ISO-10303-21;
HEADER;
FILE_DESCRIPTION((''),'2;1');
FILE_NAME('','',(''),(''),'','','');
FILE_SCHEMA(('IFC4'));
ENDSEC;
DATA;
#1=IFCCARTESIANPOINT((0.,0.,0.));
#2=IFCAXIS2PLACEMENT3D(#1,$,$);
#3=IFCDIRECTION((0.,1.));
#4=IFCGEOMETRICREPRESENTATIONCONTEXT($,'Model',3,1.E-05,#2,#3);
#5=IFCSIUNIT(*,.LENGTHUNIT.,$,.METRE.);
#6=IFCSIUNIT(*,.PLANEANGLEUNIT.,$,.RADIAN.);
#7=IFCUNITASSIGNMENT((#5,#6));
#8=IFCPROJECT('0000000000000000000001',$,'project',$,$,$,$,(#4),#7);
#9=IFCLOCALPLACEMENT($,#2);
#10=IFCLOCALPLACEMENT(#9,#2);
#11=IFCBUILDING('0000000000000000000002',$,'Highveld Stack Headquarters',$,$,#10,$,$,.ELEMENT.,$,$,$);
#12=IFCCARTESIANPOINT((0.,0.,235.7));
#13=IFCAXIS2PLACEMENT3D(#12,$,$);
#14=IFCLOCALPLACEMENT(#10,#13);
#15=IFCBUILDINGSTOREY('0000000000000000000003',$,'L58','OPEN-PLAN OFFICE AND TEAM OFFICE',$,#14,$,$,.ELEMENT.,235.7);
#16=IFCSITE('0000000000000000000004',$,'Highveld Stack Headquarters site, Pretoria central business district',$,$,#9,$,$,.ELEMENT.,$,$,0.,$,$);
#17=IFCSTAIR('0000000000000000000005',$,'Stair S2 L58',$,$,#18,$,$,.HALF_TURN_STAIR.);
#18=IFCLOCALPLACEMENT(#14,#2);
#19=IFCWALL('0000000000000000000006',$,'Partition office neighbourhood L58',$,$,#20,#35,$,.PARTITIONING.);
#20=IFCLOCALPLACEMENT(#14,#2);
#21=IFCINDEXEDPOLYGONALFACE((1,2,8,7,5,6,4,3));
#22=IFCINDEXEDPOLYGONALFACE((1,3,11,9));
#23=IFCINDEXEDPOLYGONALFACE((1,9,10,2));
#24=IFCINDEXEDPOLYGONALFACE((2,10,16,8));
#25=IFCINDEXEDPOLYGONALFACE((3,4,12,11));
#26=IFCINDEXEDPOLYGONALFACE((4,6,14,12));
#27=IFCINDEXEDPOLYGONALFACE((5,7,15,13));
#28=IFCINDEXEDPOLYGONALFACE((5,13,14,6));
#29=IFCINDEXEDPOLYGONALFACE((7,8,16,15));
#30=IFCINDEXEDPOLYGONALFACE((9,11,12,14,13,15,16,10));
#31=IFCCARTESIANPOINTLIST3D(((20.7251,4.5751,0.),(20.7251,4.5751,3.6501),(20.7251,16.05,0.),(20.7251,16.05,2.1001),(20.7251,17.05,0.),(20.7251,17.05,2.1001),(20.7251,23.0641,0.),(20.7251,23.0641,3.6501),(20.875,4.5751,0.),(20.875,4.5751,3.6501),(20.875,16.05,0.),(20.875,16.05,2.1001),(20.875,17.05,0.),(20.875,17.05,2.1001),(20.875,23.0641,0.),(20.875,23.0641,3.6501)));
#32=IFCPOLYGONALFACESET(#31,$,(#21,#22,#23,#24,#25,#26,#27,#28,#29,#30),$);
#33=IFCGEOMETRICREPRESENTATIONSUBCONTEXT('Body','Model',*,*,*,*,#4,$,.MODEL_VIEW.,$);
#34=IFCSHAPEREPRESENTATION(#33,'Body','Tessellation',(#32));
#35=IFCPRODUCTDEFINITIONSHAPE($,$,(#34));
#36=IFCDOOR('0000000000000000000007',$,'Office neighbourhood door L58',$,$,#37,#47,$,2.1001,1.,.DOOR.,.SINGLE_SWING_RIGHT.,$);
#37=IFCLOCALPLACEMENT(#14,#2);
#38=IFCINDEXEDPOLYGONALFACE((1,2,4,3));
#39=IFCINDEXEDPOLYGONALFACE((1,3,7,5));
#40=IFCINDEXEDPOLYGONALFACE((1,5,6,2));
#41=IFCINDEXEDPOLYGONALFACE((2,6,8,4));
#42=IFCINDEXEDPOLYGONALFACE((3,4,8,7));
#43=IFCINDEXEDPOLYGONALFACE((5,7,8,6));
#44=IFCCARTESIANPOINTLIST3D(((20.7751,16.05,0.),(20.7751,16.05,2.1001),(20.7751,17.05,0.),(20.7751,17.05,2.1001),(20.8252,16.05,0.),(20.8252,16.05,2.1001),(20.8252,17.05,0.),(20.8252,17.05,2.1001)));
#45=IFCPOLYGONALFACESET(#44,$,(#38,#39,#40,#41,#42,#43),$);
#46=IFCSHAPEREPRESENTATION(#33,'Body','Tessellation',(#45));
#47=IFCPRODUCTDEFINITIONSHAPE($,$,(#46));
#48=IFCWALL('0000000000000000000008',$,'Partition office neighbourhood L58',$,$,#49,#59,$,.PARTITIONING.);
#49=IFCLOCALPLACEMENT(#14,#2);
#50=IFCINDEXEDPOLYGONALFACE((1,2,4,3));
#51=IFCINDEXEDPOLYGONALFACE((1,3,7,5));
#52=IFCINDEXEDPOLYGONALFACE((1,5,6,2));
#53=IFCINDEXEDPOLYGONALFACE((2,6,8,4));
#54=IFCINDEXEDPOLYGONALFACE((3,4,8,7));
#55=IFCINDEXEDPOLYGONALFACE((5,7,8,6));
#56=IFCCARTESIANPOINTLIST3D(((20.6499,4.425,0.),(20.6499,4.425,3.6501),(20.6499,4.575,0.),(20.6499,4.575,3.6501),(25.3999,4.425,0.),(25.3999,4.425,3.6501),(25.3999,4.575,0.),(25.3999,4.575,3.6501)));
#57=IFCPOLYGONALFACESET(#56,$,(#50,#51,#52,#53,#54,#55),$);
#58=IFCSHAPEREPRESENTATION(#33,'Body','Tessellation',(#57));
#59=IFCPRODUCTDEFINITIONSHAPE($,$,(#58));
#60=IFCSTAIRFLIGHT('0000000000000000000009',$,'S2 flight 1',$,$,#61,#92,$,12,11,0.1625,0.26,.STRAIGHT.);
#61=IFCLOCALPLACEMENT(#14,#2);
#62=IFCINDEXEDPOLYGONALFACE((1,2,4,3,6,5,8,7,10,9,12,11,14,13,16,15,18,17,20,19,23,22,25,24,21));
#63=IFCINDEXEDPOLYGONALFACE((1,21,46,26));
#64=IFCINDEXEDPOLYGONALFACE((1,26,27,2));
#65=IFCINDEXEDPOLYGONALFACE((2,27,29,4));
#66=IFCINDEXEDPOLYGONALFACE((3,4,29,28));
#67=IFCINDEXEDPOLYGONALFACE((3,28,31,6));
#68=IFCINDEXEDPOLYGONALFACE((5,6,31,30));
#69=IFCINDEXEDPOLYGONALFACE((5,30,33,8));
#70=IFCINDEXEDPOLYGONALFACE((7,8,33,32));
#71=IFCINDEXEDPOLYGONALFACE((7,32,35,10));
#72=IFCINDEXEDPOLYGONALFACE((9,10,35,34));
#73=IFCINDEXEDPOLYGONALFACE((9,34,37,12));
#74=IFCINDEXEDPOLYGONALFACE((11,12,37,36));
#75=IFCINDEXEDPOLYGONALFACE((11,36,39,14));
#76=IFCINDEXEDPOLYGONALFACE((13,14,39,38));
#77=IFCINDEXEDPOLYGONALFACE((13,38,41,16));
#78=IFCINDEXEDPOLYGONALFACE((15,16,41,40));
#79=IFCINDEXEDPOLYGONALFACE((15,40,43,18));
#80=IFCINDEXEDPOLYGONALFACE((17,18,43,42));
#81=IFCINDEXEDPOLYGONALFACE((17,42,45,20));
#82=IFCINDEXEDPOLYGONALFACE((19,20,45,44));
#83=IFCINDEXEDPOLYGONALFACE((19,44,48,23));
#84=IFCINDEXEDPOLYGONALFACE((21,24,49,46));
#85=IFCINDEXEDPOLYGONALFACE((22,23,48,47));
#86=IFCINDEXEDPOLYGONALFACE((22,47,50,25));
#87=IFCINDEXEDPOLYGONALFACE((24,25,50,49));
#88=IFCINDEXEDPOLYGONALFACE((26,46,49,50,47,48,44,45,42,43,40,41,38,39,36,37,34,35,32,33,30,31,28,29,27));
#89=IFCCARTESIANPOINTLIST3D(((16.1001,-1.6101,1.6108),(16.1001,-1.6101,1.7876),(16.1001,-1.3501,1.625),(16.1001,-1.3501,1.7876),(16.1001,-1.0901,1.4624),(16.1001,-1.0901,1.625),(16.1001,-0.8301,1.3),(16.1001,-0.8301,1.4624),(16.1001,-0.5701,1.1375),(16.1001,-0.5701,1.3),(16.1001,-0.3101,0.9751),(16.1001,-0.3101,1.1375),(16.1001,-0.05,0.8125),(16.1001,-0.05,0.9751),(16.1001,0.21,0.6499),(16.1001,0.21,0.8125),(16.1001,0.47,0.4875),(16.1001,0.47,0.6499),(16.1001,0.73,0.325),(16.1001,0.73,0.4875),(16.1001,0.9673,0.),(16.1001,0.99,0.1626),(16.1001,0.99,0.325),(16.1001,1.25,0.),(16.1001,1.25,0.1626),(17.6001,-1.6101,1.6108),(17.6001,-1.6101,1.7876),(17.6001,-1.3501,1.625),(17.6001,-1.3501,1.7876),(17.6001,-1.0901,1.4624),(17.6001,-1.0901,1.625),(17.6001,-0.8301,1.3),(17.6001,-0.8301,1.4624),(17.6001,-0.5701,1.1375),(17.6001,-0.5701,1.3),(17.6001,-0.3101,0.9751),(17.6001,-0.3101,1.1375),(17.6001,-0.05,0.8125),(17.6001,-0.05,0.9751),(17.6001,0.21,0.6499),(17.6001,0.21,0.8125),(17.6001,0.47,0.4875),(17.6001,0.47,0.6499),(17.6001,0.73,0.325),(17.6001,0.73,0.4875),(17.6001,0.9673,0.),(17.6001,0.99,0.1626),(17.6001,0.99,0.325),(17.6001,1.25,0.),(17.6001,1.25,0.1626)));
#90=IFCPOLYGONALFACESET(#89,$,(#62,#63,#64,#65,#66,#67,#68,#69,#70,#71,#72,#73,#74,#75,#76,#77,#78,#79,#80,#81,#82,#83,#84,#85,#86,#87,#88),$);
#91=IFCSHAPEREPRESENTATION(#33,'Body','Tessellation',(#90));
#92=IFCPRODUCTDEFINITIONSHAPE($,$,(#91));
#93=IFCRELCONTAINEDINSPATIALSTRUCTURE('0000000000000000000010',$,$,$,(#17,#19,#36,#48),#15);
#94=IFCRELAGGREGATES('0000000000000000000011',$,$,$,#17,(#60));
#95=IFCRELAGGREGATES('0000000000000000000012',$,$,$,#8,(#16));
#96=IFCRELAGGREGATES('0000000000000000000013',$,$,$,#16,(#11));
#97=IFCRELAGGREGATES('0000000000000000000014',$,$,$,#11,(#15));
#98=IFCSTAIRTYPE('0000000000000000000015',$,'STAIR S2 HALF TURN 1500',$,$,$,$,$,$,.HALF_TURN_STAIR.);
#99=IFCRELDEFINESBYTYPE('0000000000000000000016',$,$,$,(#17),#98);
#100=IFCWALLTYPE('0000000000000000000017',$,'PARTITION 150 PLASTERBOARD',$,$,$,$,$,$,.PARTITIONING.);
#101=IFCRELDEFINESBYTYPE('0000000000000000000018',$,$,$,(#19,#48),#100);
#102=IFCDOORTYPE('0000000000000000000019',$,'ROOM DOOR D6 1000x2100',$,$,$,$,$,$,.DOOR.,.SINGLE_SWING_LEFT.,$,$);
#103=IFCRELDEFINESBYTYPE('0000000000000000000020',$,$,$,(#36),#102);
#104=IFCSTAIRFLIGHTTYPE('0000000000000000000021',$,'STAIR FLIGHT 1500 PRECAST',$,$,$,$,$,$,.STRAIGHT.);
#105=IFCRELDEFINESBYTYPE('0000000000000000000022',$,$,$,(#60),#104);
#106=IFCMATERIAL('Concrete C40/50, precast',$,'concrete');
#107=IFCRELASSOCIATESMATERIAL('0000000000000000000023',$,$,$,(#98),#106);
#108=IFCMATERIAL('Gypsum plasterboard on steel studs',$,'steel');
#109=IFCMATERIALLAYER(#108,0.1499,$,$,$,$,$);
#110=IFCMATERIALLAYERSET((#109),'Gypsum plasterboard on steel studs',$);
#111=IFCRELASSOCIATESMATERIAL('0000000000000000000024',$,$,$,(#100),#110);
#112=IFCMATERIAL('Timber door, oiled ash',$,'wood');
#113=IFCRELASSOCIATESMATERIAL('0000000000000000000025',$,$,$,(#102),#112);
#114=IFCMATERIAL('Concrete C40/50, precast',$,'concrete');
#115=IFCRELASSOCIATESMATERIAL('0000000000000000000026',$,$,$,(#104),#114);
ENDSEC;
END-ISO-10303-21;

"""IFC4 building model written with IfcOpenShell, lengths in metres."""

from ifc_helpers import new_model, si_unit, direction, frame, frame_2d, origin, place, context, subcontext, project, spatial, polyline, rectangle, outline, extrude, material, layer, layer_set, type_object, element, fill, aggregate, save


model = new_model("IFC4")

# Units and contexts
model_context = context("Model", 3, precision=1e-05, world=origin(), true_north=direction((0.0, 1.0)))
body_context = subcontext(model_context, "Body", "Model", "MODEL_VIEW")
ifc_project = project(units=[si_unit("LENGTHUNIT", "METRE"), si_unit("PLANEANGLEUNIT", "RADIAN")], contexts=[model_context])

# Site, building, storey
site_placement = place(None, origin())
site = spatial("IfcSite", under=ifc_project, at=site_placement, Name="Highveld Stack Headquarters site, Pretoria central business district", CompositionType="ELEMENT", RefElevation=0.0)
building_placement = place(site_placement, origin())
building = spatial("IfcBuilding", under=site, at=building_placement, Name="Highveld Stack Headquarters", CompositionType="ELEMENT")
storey_placement = place(building_placement, frame((0.0, 0.0, 235.7)))
storey = spatial("IfcBuildingStorey", under=building, at=storey_placement, Name="L58", Description="OPEN-PLAN OFFICE AND TEAM OFFICE", CompositionType="ELEMENT", Elevation=235.7)

# Stair
ifc_material_1 = material(Name="Concrete C40/50, precast", Category="concrete")
stair_type = type_object("IfcStairType", Name="STAIR S2 HALF TURN 1500", PredefinedType="HALF_TURN_STAIR", material=ifc_material_1)
stair_placement = place(storey_placement, origin())
stair = element("IfcStair", 1, at=stair_placement, inside=storey, type_object=stair_type, Name="Stair S2 L58", PredefinedType="HALF_TURN_STAIR")

# Shared definitions
ifc_material_2 = material(Name="Gypsum plasterboard on steel studs", Category="steel")
ifc_layer_1 = layer(ifc_material_2, 0.1499)
ifc_layer_set_1 = layer_set([ifc_layer_1], Name="Gypsum plasterboard on steel studs")
wall_type_1 = type_object("IfcWallType", Name="PARTITION 150 PLASTERBOARD", PredefinedType="PARTITIONING", material=ifc_layer_set_1)

# Wall, opening, door
wall_1_placement = place(storey_placement, frame((20.8, 4.575, 0.0), z_axis=(0.0, 0.0, 1.0), x_axis=(0.0, 1.0, 0.0)))
wall_1 = element("IfcWall", 2, at=wall_1_placement, inside=storey, type_object=wall_type_1, Name="Partition office neighbourhood L58", PredefinedType="PARTITIONING", context=body_context, shape_type="SweptSolid", body=[
    extrude(rectangle(XDim=18.489, YDim=0.1499, at=frame_2d((9.2446, 0.0))), origin(), (0.0, 0.0, 1.0), 3.6501),
])
opening_1_placement = place(wall_1_placement, frame((11.4751, 0.0, 0.0)))
opening_1 = element("IfcOpeningElement", 3, at=opening_1_placement, cuts=wall_1, PredefinedType="OPENING", context=body_context, shape_type="SweptSolid", body=[
    extrude(rectangle(XDim=1.0, YDim=2.1001, at=frame_2d((0.5, 1.05))), frame((0.0, 0.085, 0.0), z_axis=(0.0, -1.0, 0.0), x_axis=(1.0, 0.0, 0.0)), (0.0, 0.0, 1.0), 0.1699),
])
ifc_material_3 = material(Name="Timber door, oiled ash", Category="wood")
door_type_1 = type_object("IfcDoorType", Name="ROOM DOOR D6 1000x2100", OperationType="SINGLE_SWING_LEFT", PredefinedType="DOOR", material=ifc_material_3)
door_1_placement = place(opening_1_placement, origin())
door_1 = element("IfcDoor", 4, at=door_1_placement, inside=storey, type_object=door_type_1, Name="Office neighbourhood door L58", OperationType="SINGLE_SWING_RIGHT", OverallHeight=2.1001, OverallWidth=1.0, PredefinedType="DOOR", context=body_context, shape_type="SweptSolid", body=[
    extrude(rectangle(XDim=1.0, YDim=2.1001, at=frame_2d((0.5, 1.05))), frame((0.0, 0.0249, 0.0), z_axis=(0.0, -1.0, 0.0), x_axis=(1.0, 0.0, 0.0)), (0.0, 0.0, 1.0), 0.05),
])
fill(opening_1, door_1)

# Wall
wall_2_placement = place(storey_placement, frame((20.6499, 4.5, 0.0), z_axis=(0.0, 0.0, 1.0), x_axis=(1.0, 0.0, 0.0)))
element("IfcWall", 5, at=wall_2_placement, inside=storey, type_object=wall_type_1, Name="Partition office neighbourhood L58", PredefinedType="PARTITIONING", context=body_context, shape_type="SweptSolid", body=[
    extrude(rectangle(XDim=4.75, YDim=0.1499, at=frame_2d((2.375, 0.0))), origin(), (0.0, 0.0, 1.0), 3.6501),
])

# Stair flight
ifc_material_4 = material(Name="Concrete C40/50, precast", Category="concrete")
stair_flight_type = type_object("IfcStairFlightType", Name="STAIR FLIGHT 1500 PRECAST", PredefinedType="STRAIGHT", material=ifc_material_4)
stair_flight_placement = place(storey_placement, frame((16.8501, 1.25, 0.0), z_axis=(0.0, 0.0, 1.0), x_axis=(0.0, -1.0, 0.0)))
stair_flight = element("IfcStairFlight", 6, at=stair_flight_placement, type_object=stair_flight_type, Name="S2 flight 1", NumberOfRisers=12, NumberOfTreads=11, PredefinedType="STRAIGHT", RiserHeight=0.1625, TreadLength=0.26, context=body_context, shape_type="SweptSolid", body=[
    extrude(outline(polyline([(0.0, 0.0), (0.0, 0.1626), (0.26, 0.1626), (0.26, 0.325), (0.52, 0.325), (0.52, 0.4875), (0.78, 0.4875), (0.78, 0.6499), (1.04, 0.6499), (1.04, 0.8125), (1.3, 0.8125), (1.3, 0.9751), (1.5601, 0.9751), (1.5601, 1.1375), (1.8201, 1.1375), (1.8201, 1.3), (2.0801, 1.3), (2.0801, 1.4624), (2.3401, 1.4624), (2.3401, 1.625), (2.6001, 1.625), (2.6001, 1.7876), (2.8601, 1.7876), (2.8601, 1.95), (2.8601, 1.6108), (0.2827, 0.0), (0.0, 0.0)])), frame((0.0, 0.75, 0.0), z_axis=(0.0, -1.0, 0.0), x_axis=(1.0, 0.0, 0.0)), (0.0, 0.0, 1.0), 1.5),
])
aggregate(stair, [stair_flight])

save(model, "model.ifc")
